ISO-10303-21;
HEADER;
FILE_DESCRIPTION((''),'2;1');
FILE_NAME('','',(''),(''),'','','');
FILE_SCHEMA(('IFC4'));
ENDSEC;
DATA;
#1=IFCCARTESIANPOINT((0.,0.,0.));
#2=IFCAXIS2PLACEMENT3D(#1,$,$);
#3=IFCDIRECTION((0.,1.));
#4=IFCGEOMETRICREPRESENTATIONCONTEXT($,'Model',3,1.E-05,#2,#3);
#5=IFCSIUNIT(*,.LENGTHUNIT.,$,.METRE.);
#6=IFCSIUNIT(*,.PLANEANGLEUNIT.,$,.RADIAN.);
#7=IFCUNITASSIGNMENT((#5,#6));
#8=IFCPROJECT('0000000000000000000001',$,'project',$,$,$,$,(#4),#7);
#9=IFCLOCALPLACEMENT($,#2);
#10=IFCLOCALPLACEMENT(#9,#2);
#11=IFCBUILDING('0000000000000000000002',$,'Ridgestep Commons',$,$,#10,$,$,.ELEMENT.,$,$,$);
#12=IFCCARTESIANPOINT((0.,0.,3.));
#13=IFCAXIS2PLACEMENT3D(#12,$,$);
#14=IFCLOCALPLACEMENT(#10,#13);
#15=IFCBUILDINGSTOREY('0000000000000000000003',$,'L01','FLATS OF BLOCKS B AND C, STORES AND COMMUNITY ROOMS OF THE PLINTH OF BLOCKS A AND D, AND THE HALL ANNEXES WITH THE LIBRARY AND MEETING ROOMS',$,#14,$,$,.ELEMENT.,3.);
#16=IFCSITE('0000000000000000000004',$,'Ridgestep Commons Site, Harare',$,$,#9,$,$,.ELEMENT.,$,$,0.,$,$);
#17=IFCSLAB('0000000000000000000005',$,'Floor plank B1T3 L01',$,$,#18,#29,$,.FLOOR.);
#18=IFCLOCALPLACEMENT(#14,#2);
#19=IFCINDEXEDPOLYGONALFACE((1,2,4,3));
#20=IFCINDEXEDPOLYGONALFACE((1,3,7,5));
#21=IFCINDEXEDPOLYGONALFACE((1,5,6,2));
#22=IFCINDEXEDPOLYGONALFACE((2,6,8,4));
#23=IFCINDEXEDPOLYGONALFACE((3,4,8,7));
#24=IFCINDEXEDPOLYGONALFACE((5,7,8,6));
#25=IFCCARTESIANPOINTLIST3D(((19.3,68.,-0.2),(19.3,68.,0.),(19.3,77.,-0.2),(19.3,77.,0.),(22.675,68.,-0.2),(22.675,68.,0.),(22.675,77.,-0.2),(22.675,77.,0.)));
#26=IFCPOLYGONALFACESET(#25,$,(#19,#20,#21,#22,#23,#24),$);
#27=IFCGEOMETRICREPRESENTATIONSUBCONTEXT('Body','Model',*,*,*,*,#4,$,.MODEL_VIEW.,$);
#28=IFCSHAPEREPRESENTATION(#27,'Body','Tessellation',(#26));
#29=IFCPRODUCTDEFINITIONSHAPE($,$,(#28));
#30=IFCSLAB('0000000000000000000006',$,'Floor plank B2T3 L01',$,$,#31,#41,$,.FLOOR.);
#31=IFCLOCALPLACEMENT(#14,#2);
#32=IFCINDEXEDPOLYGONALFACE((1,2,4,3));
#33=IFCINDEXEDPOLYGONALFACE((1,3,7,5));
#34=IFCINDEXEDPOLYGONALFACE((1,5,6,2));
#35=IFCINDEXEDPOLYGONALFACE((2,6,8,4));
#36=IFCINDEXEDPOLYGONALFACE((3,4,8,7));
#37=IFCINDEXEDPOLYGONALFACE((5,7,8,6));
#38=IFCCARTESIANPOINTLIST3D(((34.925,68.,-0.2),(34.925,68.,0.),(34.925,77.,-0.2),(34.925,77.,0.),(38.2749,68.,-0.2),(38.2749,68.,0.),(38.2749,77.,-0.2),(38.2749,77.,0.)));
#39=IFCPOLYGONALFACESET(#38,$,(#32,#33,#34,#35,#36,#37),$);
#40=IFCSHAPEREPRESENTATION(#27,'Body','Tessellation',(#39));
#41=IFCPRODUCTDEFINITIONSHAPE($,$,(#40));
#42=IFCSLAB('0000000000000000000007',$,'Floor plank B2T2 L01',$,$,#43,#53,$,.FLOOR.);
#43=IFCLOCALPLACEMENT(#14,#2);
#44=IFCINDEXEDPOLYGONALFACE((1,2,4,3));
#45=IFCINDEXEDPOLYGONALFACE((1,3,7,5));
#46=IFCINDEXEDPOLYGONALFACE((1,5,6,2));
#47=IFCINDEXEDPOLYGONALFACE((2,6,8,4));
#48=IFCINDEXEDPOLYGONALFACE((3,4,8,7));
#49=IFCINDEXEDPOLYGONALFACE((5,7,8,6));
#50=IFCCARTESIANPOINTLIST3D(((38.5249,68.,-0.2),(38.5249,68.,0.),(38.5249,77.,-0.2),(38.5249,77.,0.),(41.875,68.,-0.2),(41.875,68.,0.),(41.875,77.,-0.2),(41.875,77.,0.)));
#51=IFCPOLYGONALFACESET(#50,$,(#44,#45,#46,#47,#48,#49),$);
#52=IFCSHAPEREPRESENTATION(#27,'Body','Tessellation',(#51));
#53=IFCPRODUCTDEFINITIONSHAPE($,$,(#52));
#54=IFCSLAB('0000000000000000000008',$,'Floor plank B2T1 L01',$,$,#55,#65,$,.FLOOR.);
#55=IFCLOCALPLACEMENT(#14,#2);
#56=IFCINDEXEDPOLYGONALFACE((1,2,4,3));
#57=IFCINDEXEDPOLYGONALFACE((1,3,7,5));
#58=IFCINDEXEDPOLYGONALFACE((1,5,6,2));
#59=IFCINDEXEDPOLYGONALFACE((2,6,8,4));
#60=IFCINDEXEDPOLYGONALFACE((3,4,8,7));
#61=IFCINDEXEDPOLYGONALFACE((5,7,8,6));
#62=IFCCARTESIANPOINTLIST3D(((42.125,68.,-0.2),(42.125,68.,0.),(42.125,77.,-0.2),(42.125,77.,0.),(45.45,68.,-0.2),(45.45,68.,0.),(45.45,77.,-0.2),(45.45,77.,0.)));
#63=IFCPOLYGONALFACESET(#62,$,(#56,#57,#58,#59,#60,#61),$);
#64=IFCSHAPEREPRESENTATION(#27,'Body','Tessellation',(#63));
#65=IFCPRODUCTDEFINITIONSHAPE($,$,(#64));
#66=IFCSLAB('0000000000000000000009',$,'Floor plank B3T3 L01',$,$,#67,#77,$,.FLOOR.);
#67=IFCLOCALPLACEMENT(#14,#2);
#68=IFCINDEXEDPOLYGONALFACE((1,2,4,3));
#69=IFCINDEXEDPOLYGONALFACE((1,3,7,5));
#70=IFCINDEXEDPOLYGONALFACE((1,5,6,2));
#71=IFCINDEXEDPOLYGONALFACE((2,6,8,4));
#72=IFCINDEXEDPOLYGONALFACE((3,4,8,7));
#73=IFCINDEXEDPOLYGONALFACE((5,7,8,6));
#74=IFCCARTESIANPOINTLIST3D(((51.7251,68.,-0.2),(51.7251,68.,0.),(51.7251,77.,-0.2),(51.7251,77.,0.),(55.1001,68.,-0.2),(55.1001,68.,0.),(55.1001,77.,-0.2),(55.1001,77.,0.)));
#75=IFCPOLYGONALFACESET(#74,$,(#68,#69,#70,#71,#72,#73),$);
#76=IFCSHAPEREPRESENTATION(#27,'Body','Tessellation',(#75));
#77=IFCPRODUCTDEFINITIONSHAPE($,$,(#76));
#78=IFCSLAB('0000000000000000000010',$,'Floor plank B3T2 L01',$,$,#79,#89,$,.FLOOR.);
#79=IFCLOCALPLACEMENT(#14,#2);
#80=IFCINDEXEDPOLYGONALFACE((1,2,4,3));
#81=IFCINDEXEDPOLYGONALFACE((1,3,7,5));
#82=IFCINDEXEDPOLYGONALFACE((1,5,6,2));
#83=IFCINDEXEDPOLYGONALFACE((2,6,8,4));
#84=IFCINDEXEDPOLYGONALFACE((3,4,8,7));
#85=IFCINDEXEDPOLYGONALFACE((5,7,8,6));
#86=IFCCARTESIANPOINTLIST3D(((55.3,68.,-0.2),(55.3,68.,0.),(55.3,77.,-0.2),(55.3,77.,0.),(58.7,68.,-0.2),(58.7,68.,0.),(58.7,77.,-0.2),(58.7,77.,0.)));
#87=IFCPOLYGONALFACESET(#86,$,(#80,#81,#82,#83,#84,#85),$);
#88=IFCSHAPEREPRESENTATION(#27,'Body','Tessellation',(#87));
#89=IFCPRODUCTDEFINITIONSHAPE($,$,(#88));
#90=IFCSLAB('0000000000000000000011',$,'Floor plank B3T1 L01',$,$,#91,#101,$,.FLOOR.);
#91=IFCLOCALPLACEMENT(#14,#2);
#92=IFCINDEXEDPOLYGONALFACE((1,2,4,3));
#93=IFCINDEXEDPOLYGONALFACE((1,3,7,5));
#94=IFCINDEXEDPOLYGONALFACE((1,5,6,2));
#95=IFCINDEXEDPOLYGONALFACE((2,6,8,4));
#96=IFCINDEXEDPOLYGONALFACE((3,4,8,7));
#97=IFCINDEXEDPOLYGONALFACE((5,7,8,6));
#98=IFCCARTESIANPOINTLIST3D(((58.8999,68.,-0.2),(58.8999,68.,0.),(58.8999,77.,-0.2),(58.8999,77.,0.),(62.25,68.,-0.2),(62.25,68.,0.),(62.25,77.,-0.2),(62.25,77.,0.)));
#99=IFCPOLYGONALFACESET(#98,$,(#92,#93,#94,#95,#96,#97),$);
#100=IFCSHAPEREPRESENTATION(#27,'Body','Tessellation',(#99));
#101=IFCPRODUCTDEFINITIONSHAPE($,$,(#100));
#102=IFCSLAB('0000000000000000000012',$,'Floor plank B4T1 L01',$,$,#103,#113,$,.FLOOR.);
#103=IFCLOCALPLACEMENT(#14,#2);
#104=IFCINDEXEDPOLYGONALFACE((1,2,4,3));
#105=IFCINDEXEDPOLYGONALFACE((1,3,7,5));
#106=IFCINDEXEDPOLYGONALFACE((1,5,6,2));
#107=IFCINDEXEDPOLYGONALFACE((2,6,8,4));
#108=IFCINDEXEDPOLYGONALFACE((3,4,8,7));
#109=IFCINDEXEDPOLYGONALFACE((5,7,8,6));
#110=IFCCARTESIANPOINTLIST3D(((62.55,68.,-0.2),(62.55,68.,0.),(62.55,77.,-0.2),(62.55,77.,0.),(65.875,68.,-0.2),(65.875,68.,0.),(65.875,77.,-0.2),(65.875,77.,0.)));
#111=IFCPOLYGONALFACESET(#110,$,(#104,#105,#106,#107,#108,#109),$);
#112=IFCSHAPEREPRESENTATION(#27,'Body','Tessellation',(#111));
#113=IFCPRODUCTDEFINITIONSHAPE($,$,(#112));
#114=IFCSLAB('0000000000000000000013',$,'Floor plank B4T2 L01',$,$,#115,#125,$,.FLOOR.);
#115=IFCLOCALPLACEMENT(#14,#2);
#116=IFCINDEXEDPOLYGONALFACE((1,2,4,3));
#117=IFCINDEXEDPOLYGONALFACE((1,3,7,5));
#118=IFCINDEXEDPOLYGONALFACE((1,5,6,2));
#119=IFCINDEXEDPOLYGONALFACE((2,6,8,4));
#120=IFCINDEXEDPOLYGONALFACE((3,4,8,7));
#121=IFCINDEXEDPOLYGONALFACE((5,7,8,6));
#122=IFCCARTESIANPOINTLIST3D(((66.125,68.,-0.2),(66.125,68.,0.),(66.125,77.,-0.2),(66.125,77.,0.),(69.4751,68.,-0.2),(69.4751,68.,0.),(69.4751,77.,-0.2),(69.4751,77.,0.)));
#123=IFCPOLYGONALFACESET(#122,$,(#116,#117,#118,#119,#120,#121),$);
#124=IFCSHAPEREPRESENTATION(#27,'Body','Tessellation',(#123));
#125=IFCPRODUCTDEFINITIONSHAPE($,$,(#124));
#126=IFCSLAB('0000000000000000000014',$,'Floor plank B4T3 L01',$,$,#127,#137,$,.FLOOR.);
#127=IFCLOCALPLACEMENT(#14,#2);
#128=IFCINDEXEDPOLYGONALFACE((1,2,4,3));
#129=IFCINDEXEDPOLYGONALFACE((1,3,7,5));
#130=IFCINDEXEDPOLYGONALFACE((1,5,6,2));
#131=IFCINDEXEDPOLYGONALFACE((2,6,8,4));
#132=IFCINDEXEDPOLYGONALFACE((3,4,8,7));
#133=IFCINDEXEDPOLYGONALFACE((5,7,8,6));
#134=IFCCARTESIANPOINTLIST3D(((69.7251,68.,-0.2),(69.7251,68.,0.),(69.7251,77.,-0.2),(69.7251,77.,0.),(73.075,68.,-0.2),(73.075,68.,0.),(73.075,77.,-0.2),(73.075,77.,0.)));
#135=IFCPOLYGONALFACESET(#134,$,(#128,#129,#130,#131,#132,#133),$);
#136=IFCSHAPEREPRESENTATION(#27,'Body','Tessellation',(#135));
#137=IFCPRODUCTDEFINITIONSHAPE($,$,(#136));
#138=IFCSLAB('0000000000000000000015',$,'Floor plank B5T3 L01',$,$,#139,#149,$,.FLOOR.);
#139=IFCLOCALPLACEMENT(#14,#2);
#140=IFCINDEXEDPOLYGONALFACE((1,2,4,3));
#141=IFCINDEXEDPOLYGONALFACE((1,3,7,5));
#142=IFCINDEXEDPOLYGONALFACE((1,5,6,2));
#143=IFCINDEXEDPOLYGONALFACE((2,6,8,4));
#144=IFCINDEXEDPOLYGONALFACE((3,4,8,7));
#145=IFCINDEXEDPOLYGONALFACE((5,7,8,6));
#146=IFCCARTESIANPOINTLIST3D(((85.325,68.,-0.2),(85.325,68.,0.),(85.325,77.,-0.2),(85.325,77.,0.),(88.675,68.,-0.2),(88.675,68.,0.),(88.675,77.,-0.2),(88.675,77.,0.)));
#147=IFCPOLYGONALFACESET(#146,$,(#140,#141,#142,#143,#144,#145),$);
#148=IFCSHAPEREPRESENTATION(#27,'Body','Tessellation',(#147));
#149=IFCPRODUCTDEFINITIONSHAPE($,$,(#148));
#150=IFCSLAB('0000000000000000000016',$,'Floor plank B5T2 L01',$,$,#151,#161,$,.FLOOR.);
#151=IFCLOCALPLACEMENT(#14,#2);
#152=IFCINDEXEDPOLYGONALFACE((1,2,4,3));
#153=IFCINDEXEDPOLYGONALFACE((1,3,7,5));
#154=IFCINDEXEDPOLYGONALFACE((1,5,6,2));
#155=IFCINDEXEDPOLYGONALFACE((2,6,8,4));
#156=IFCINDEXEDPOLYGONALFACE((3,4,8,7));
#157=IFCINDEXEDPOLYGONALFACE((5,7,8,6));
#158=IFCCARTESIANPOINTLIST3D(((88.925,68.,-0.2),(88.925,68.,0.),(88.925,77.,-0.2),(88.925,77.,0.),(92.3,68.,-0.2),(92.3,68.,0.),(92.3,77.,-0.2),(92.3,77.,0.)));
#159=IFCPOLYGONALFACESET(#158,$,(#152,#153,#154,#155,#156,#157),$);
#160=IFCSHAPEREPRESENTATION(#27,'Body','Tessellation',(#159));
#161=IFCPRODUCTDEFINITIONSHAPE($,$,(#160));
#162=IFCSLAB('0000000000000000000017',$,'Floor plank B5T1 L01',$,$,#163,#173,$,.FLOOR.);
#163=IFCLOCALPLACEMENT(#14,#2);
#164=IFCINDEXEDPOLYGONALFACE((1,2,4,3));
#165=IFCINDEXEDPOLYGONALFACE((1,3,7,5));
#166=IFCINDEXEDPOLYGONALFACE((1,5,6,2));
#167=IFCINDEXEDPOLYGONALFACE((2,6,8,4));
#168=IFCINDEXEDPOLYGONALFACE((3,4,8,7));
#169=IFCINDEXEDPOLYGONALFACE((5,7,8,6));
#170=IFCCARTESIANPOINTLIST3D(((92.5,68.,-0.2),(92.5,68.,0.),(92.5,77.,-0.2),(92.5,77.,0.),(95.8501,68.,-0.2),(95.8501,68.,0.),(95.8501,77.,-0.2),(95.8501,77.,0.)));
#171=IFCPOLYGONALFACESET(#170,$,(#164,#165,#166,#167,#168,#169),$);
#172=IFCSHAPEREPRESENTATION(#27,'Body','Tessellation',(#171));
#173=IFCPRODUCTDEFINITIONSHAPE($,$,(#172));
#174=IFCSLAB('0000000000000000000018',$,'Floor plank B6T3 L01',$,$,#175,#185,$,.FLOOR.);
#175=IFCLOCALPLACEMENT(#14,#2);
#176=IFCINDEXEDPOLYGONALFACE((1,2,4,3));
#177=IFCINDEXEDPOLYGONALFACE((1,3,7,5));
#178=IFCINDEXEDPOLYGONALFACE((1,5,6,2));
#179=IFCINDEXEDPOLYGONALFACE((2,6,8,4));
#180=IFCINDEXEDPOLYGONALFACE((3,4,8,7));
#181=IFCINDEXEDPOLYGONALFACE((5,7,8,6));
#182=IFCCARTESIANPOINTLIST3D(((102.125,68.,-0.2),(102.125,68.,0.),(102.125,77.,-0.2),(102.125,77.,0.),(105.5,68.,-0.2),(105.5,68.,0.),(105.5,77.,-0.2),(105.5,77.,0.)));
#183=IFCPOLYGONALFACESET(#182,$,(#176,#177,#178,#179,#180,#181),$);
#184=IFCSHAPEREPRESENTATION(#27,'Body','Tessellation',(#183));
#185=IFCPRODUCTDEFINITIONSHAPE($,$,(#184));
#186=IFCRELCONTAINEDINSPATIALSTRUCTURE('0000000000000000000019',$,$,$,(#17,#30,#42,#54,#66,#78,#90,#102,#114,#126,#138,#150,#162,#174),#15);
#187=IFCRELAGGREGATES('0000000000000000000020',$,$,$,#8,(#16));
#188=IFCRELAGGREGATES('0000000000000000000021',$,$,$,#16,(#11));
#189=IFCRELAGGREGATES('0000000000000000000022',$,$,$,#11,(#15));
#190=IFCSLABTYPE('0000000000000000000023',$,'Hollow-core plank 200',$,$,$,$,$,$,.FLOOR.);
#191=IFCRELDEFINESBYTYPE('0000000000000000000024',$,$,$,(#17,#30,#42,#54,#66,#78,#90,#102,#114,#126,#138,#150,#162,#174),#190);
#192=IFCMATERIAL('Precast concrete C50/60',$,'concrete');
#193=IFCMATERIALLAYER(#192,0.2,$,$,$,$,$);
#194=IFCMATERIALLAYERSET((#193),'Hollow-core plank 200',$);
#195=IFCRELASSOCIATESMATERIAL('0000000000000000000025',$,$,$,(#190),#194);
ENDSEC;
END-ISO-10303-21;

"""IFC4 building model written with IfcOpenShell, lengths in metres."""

from ifc_helpers import new_model, si_unit, direction, frame, origin, place, context, subcontext, project, spatial, polyline, outline, extrude, material, layer, layer_set, type_object, element, save


model = new_model("IFC4")

# Units and contexts
model_context = context("Model", 3, precision=1e-05, world=origin(), true_north=direction((0.0, 1.0)))
body_context = subcontext(model_context, "Body", "Model", "MODEL_VIEW")
ifc_project = project(units=[si_unit("LENGTHUNIT", "METRE"), si_unit("PLANEANGLEUNIT", "RADIAN")], contexts=[model_context])

# Site, building, storey
site_placement = place(None, origin())
site = spatial("IfcSite", under=ifc_project, at=site_placement, Name="Ridgestep Commons Site, Harare", CompositionType="ELEMENT", RefElevation=0.0)
building_placement = place(site_placement, origin())
building = spatial("IfcBuilding", under=site, at=building_placement, Name="Ridgestep Commons", CompositionType="ELEMENT")
storey_placement = place(building_placement, frame((0.0, 0.0, 3.0)))
storey = spatial("IfcBuildingStorey", under=building, at=storey_placement, Name="L01", Description="FLATS OF BLOCKS B AND C, STORES AND COMMUNITY ROOMS OF THE PLINTH OF BLOCKS A AND D, AND THE HALL ANNEXES WITH THE LIBRARY AND MEETING ROOMS", CompositionType="ELEMENT", Elevation=3.0)

# Slabs
ifc_material_1 = material(Name="Precast concrete C50/60", Category="concrete")
ifc_layer_1 = layer(ifc_material_1, 0.2)
ifc_layer_set_1 = layer_set([ifc_layer_1], Name="Hollow-core plank 200")
slab_type_1 = type_object("IfcSlabType", Name="Hollow-core plank 200", PredefinedType="FLOOR", material=ifc_layer_set_1)
slab_1_placement = place(storey_placement, frame((0.0, 0.0, -0.2)))
element("IfcSlab", 1, at=slab_1_placement, inside=storey, type_object=slab_type_1, Name="Floor plank B1T3 L01", PredefinedType="FLOOR", context=body_context, shape_type="SweptSolid", body=[
    extrude(outline(polyline([(22.675, 68.0), (22.675, 77.0), (19.3, 77.0), (19.3, 68.0), (22.675, 68.0)])), origin(), (0.0, 0.0, 1.0), 0.2),
])
slab_2_placement = place(storey_placement, frame((0.0, 0.0, -0.2)))
element("IfcSlab", 2, at=slab_2_placement, inside=storey, type_object=slab_type_1, Name="Floor plank B2T3 L01", PredefinedType="FLOOR", context=body_context, shape_type="SweptSolid", body=[
    extrude(outline(polyline([(38.2749, 68.0), (38.2749, 77.0), (34.925, 77.0), (34.925, 68.0), (38.2749, 68.0)])), origin(), (0.0, 0.0, 1.0), 0.2),
])
slab_3_placement = place(storey_placement, frame((0.0, 0.0, -0.2)))
element("IfcSlab", 3, at=slab_3_placement, inside=storey, type_object=slab_type_1, Name="Floor plank B2T2 L01", PredefinedType="FLOOR", context=body_context, shape_type="SweptSolid", body=[
    extrude(outline(polyline([(41.875, 68.0), (41.875, 77.0), (38.5249, 77.0), (38.5249, 68.0), (41.875, 68.0)])), origin(), (0.0, 0.0, 1.0), 0.2),
])
slab_4_placement = place(storey_placement, frame((0.0, 0.0, -0.2)))
element("IfcSlab", 4, at=slab_4_placement, inside=storey, type_object=slab_type_1, Name="Floor plank B2T1 L01", PredefinedType="FLOOR", context=body_context, shape_type="SweptSolid", body=[
    extrude(outline(polyline([(45.45, 68.0), (45.45, 77.0), (42.125, 77.0), (42.125, 68.0), (45.45, 68.0)])), origin(), (0.0, 0.0, 1.0), 0.2),
])
slab_5_placement = place(storey_placement, frame((0.0, 0.0, -0.2)))
element("IfcSlab", 5, at=slab_5_placement, inside=storey, type_object=slab_type_1, Name="Floor plank B3T3 L01", PredefinedType="FLOOR", context=body_context, shape_type="SweptSolid", body=[
    extrude(outline(polyline([(55.1001, 68.0), (55.1001, 77.0), (51.7251, 77.0), (51.7251, 68.0), (55.1001, 68.0)])), origin(), (0.0, 0.0, 1.0), 0.2),
])
slab_6_placement = place(storey_placement, frame((0.0, 0.0, -0.2)))
element("IfcSlab", 6, at=slab_6_placement, inside=storey, type_object=slab_type_1, Name="Floor plank B3T2 L01", PredefinedType="FLOOR", context=body_context, shape_type="SweptSolid", body=[
    extrude(outline(polyline([(58.7, 68.0), (58.7, 77.0), (55.3, 77.0), (55.3, 68.0), (58.7, 68.0)])), origin(), (0.0, 0.0, 1.0), 0.2),
])
slab_7_placement = place(storey_placement, frame((0.0, 0.0, -0.2)))
element("IfcSlab", 7, at=slab_7_placement, inside=storey, type_object=slab_type_1, Name="Floor plank B3T1 L01", PredefinedType="FLOOR", context=body_context, shape_type="SweptSolid", body=[
    extrude(outline(polyline([(62.25, 68.0), (62.25, 77.0), (58.8999, 77.0), (58.8999, 68.0), (62.25, 68.0)])), origin(), (0.0, 0.0, 1.0), 0.2),
])
slab_8_placement = place(storey_placement, frame((0.0, 0.0, -0.2)))
element("IfcSlab", 8, at=slab_8_placement, inside=storey, type_object=slab_type_1, Name="Floor plank B4T1 L01", PredefinedType="FLOOR", context=body_context, shape_type="SweptSolid", body=[
    extrude(outline(polyline([(65.875, 68.0), (65.875, 77.0), (62.55, 77.0), (62.55, 68.0), (65.875, 68.0)])), origin(), (0.0, 0.0, 1.0), 0.2),
])
slab_9_placement = place(storey_placement, frame((0.0, 0.0, -0.2)))
element("IfcSlab", 9, at=slab_9_placement, inside=storey, type_object=slab_type_1, Name="Floor plank B4T2 L01", PredefinedType="FLOOR", context=body_context, shape_type="SweptSolid", body=[
    extrude(outline(polyline([(69.4751, 68.0), (69.4751, 77.0), (66.125, 77.0), (66.125, 68.0), (69.4751, 68.0)])), origin(), (0.0, 0.0, 1.0), 0.2),
])
slab_10_placement = place(storey_placement, frame((0.0, 0.0, -0.2)))
element("IfcSlab", 10, at=slab_10_placement, inside=storey, type_object=slab_type_1, Name="Floor plank B4T3 L01", PredefinedType="FLOOR", context=body_context, shape_type="SweptSolid", body=[
    extrude(outline(polyline([(73.075, 68.0), (73.075, 77.0), (69.7251, 77.0), (69.7251, 68.0), (73.075, 68.0)])), origin(), (0.0, 0.0, 1.0), 0.2),
])
slab_11_placement = place(storey_placement, frame((0.0, 0.0, -0.2)))
element("IfcSlab", 11, at=slab_11_placement, inside=storey, type_object=slab_type_1, Name="Floor plank B5T3 L01", PredefinedType="FLOOR", context=body_context, shape_type="SweptSolid", body=[
    extrude(outline(polyline([(88.675, 68.0), (88.675, 77.0), (85.325, 77.0), (85.325, 68.0), (88.675, 68.0)])), origin(), (0.0, 0.0, 1.0), 0.2),
])
slab_12_placement = place(storey_placement, frame((0.0, 0.0, -0.2)))
element("IfcSlab", 12, at=slab_12_placement, inside=storey, type_object=slab_type_1, Name="Floor plank B5T2 L01", PredefinedType="FLOOR", context=body_context, shape_type="SweptSolid", body=[
    extrude(outline(polyline([(92.3, 68.0), (92.3, 77.0), (88.925, 77.0), (88.925, 68.0), (92.3, 68.0)])), origin(), (0.0, 0.0, 1.0), 0.2),
])
slab_13_placement = place(storey_placement, frame((0.0, 0.0, -0.2)))
element("IfcSlab", 13, at=slab_13_placement, inside=storey, type_object=slab_type_1, Name="Floor plank B5T1 L01", PredefinedType="FLOOR", context=body_context, shape_type="SweptSolid", body=[
    extrude(outline(polyline([(95.8501, 68.0), (95.8501, 77.0), (92.5, 77.0), (92.5, 68.0), (95.8501, 68.0)])), origin(), (0.0, 0.0, 1.0), 0.2),
])
slab_14_placement = place(storey_placement, frame((0.0, 0.0, -0.2)))
element("IfcSlab", 14, at=slab_14_placement, inside=storey, type_object=slab_type_1, Name="Floor plank B6T3 L01", PredefinedType="FLOOR", context=body_context, shape_type="SweptSolid", body=[
    extrude(outline(polyline([(105.5, 68.0), (105.5, 77.0), (102.125, 77.0), (102.125, 68.0), (105.5, 68.0)])), origin(), (0.0, 0.0, 1.0), 0.2),
])

save(model, "model.ifc")
